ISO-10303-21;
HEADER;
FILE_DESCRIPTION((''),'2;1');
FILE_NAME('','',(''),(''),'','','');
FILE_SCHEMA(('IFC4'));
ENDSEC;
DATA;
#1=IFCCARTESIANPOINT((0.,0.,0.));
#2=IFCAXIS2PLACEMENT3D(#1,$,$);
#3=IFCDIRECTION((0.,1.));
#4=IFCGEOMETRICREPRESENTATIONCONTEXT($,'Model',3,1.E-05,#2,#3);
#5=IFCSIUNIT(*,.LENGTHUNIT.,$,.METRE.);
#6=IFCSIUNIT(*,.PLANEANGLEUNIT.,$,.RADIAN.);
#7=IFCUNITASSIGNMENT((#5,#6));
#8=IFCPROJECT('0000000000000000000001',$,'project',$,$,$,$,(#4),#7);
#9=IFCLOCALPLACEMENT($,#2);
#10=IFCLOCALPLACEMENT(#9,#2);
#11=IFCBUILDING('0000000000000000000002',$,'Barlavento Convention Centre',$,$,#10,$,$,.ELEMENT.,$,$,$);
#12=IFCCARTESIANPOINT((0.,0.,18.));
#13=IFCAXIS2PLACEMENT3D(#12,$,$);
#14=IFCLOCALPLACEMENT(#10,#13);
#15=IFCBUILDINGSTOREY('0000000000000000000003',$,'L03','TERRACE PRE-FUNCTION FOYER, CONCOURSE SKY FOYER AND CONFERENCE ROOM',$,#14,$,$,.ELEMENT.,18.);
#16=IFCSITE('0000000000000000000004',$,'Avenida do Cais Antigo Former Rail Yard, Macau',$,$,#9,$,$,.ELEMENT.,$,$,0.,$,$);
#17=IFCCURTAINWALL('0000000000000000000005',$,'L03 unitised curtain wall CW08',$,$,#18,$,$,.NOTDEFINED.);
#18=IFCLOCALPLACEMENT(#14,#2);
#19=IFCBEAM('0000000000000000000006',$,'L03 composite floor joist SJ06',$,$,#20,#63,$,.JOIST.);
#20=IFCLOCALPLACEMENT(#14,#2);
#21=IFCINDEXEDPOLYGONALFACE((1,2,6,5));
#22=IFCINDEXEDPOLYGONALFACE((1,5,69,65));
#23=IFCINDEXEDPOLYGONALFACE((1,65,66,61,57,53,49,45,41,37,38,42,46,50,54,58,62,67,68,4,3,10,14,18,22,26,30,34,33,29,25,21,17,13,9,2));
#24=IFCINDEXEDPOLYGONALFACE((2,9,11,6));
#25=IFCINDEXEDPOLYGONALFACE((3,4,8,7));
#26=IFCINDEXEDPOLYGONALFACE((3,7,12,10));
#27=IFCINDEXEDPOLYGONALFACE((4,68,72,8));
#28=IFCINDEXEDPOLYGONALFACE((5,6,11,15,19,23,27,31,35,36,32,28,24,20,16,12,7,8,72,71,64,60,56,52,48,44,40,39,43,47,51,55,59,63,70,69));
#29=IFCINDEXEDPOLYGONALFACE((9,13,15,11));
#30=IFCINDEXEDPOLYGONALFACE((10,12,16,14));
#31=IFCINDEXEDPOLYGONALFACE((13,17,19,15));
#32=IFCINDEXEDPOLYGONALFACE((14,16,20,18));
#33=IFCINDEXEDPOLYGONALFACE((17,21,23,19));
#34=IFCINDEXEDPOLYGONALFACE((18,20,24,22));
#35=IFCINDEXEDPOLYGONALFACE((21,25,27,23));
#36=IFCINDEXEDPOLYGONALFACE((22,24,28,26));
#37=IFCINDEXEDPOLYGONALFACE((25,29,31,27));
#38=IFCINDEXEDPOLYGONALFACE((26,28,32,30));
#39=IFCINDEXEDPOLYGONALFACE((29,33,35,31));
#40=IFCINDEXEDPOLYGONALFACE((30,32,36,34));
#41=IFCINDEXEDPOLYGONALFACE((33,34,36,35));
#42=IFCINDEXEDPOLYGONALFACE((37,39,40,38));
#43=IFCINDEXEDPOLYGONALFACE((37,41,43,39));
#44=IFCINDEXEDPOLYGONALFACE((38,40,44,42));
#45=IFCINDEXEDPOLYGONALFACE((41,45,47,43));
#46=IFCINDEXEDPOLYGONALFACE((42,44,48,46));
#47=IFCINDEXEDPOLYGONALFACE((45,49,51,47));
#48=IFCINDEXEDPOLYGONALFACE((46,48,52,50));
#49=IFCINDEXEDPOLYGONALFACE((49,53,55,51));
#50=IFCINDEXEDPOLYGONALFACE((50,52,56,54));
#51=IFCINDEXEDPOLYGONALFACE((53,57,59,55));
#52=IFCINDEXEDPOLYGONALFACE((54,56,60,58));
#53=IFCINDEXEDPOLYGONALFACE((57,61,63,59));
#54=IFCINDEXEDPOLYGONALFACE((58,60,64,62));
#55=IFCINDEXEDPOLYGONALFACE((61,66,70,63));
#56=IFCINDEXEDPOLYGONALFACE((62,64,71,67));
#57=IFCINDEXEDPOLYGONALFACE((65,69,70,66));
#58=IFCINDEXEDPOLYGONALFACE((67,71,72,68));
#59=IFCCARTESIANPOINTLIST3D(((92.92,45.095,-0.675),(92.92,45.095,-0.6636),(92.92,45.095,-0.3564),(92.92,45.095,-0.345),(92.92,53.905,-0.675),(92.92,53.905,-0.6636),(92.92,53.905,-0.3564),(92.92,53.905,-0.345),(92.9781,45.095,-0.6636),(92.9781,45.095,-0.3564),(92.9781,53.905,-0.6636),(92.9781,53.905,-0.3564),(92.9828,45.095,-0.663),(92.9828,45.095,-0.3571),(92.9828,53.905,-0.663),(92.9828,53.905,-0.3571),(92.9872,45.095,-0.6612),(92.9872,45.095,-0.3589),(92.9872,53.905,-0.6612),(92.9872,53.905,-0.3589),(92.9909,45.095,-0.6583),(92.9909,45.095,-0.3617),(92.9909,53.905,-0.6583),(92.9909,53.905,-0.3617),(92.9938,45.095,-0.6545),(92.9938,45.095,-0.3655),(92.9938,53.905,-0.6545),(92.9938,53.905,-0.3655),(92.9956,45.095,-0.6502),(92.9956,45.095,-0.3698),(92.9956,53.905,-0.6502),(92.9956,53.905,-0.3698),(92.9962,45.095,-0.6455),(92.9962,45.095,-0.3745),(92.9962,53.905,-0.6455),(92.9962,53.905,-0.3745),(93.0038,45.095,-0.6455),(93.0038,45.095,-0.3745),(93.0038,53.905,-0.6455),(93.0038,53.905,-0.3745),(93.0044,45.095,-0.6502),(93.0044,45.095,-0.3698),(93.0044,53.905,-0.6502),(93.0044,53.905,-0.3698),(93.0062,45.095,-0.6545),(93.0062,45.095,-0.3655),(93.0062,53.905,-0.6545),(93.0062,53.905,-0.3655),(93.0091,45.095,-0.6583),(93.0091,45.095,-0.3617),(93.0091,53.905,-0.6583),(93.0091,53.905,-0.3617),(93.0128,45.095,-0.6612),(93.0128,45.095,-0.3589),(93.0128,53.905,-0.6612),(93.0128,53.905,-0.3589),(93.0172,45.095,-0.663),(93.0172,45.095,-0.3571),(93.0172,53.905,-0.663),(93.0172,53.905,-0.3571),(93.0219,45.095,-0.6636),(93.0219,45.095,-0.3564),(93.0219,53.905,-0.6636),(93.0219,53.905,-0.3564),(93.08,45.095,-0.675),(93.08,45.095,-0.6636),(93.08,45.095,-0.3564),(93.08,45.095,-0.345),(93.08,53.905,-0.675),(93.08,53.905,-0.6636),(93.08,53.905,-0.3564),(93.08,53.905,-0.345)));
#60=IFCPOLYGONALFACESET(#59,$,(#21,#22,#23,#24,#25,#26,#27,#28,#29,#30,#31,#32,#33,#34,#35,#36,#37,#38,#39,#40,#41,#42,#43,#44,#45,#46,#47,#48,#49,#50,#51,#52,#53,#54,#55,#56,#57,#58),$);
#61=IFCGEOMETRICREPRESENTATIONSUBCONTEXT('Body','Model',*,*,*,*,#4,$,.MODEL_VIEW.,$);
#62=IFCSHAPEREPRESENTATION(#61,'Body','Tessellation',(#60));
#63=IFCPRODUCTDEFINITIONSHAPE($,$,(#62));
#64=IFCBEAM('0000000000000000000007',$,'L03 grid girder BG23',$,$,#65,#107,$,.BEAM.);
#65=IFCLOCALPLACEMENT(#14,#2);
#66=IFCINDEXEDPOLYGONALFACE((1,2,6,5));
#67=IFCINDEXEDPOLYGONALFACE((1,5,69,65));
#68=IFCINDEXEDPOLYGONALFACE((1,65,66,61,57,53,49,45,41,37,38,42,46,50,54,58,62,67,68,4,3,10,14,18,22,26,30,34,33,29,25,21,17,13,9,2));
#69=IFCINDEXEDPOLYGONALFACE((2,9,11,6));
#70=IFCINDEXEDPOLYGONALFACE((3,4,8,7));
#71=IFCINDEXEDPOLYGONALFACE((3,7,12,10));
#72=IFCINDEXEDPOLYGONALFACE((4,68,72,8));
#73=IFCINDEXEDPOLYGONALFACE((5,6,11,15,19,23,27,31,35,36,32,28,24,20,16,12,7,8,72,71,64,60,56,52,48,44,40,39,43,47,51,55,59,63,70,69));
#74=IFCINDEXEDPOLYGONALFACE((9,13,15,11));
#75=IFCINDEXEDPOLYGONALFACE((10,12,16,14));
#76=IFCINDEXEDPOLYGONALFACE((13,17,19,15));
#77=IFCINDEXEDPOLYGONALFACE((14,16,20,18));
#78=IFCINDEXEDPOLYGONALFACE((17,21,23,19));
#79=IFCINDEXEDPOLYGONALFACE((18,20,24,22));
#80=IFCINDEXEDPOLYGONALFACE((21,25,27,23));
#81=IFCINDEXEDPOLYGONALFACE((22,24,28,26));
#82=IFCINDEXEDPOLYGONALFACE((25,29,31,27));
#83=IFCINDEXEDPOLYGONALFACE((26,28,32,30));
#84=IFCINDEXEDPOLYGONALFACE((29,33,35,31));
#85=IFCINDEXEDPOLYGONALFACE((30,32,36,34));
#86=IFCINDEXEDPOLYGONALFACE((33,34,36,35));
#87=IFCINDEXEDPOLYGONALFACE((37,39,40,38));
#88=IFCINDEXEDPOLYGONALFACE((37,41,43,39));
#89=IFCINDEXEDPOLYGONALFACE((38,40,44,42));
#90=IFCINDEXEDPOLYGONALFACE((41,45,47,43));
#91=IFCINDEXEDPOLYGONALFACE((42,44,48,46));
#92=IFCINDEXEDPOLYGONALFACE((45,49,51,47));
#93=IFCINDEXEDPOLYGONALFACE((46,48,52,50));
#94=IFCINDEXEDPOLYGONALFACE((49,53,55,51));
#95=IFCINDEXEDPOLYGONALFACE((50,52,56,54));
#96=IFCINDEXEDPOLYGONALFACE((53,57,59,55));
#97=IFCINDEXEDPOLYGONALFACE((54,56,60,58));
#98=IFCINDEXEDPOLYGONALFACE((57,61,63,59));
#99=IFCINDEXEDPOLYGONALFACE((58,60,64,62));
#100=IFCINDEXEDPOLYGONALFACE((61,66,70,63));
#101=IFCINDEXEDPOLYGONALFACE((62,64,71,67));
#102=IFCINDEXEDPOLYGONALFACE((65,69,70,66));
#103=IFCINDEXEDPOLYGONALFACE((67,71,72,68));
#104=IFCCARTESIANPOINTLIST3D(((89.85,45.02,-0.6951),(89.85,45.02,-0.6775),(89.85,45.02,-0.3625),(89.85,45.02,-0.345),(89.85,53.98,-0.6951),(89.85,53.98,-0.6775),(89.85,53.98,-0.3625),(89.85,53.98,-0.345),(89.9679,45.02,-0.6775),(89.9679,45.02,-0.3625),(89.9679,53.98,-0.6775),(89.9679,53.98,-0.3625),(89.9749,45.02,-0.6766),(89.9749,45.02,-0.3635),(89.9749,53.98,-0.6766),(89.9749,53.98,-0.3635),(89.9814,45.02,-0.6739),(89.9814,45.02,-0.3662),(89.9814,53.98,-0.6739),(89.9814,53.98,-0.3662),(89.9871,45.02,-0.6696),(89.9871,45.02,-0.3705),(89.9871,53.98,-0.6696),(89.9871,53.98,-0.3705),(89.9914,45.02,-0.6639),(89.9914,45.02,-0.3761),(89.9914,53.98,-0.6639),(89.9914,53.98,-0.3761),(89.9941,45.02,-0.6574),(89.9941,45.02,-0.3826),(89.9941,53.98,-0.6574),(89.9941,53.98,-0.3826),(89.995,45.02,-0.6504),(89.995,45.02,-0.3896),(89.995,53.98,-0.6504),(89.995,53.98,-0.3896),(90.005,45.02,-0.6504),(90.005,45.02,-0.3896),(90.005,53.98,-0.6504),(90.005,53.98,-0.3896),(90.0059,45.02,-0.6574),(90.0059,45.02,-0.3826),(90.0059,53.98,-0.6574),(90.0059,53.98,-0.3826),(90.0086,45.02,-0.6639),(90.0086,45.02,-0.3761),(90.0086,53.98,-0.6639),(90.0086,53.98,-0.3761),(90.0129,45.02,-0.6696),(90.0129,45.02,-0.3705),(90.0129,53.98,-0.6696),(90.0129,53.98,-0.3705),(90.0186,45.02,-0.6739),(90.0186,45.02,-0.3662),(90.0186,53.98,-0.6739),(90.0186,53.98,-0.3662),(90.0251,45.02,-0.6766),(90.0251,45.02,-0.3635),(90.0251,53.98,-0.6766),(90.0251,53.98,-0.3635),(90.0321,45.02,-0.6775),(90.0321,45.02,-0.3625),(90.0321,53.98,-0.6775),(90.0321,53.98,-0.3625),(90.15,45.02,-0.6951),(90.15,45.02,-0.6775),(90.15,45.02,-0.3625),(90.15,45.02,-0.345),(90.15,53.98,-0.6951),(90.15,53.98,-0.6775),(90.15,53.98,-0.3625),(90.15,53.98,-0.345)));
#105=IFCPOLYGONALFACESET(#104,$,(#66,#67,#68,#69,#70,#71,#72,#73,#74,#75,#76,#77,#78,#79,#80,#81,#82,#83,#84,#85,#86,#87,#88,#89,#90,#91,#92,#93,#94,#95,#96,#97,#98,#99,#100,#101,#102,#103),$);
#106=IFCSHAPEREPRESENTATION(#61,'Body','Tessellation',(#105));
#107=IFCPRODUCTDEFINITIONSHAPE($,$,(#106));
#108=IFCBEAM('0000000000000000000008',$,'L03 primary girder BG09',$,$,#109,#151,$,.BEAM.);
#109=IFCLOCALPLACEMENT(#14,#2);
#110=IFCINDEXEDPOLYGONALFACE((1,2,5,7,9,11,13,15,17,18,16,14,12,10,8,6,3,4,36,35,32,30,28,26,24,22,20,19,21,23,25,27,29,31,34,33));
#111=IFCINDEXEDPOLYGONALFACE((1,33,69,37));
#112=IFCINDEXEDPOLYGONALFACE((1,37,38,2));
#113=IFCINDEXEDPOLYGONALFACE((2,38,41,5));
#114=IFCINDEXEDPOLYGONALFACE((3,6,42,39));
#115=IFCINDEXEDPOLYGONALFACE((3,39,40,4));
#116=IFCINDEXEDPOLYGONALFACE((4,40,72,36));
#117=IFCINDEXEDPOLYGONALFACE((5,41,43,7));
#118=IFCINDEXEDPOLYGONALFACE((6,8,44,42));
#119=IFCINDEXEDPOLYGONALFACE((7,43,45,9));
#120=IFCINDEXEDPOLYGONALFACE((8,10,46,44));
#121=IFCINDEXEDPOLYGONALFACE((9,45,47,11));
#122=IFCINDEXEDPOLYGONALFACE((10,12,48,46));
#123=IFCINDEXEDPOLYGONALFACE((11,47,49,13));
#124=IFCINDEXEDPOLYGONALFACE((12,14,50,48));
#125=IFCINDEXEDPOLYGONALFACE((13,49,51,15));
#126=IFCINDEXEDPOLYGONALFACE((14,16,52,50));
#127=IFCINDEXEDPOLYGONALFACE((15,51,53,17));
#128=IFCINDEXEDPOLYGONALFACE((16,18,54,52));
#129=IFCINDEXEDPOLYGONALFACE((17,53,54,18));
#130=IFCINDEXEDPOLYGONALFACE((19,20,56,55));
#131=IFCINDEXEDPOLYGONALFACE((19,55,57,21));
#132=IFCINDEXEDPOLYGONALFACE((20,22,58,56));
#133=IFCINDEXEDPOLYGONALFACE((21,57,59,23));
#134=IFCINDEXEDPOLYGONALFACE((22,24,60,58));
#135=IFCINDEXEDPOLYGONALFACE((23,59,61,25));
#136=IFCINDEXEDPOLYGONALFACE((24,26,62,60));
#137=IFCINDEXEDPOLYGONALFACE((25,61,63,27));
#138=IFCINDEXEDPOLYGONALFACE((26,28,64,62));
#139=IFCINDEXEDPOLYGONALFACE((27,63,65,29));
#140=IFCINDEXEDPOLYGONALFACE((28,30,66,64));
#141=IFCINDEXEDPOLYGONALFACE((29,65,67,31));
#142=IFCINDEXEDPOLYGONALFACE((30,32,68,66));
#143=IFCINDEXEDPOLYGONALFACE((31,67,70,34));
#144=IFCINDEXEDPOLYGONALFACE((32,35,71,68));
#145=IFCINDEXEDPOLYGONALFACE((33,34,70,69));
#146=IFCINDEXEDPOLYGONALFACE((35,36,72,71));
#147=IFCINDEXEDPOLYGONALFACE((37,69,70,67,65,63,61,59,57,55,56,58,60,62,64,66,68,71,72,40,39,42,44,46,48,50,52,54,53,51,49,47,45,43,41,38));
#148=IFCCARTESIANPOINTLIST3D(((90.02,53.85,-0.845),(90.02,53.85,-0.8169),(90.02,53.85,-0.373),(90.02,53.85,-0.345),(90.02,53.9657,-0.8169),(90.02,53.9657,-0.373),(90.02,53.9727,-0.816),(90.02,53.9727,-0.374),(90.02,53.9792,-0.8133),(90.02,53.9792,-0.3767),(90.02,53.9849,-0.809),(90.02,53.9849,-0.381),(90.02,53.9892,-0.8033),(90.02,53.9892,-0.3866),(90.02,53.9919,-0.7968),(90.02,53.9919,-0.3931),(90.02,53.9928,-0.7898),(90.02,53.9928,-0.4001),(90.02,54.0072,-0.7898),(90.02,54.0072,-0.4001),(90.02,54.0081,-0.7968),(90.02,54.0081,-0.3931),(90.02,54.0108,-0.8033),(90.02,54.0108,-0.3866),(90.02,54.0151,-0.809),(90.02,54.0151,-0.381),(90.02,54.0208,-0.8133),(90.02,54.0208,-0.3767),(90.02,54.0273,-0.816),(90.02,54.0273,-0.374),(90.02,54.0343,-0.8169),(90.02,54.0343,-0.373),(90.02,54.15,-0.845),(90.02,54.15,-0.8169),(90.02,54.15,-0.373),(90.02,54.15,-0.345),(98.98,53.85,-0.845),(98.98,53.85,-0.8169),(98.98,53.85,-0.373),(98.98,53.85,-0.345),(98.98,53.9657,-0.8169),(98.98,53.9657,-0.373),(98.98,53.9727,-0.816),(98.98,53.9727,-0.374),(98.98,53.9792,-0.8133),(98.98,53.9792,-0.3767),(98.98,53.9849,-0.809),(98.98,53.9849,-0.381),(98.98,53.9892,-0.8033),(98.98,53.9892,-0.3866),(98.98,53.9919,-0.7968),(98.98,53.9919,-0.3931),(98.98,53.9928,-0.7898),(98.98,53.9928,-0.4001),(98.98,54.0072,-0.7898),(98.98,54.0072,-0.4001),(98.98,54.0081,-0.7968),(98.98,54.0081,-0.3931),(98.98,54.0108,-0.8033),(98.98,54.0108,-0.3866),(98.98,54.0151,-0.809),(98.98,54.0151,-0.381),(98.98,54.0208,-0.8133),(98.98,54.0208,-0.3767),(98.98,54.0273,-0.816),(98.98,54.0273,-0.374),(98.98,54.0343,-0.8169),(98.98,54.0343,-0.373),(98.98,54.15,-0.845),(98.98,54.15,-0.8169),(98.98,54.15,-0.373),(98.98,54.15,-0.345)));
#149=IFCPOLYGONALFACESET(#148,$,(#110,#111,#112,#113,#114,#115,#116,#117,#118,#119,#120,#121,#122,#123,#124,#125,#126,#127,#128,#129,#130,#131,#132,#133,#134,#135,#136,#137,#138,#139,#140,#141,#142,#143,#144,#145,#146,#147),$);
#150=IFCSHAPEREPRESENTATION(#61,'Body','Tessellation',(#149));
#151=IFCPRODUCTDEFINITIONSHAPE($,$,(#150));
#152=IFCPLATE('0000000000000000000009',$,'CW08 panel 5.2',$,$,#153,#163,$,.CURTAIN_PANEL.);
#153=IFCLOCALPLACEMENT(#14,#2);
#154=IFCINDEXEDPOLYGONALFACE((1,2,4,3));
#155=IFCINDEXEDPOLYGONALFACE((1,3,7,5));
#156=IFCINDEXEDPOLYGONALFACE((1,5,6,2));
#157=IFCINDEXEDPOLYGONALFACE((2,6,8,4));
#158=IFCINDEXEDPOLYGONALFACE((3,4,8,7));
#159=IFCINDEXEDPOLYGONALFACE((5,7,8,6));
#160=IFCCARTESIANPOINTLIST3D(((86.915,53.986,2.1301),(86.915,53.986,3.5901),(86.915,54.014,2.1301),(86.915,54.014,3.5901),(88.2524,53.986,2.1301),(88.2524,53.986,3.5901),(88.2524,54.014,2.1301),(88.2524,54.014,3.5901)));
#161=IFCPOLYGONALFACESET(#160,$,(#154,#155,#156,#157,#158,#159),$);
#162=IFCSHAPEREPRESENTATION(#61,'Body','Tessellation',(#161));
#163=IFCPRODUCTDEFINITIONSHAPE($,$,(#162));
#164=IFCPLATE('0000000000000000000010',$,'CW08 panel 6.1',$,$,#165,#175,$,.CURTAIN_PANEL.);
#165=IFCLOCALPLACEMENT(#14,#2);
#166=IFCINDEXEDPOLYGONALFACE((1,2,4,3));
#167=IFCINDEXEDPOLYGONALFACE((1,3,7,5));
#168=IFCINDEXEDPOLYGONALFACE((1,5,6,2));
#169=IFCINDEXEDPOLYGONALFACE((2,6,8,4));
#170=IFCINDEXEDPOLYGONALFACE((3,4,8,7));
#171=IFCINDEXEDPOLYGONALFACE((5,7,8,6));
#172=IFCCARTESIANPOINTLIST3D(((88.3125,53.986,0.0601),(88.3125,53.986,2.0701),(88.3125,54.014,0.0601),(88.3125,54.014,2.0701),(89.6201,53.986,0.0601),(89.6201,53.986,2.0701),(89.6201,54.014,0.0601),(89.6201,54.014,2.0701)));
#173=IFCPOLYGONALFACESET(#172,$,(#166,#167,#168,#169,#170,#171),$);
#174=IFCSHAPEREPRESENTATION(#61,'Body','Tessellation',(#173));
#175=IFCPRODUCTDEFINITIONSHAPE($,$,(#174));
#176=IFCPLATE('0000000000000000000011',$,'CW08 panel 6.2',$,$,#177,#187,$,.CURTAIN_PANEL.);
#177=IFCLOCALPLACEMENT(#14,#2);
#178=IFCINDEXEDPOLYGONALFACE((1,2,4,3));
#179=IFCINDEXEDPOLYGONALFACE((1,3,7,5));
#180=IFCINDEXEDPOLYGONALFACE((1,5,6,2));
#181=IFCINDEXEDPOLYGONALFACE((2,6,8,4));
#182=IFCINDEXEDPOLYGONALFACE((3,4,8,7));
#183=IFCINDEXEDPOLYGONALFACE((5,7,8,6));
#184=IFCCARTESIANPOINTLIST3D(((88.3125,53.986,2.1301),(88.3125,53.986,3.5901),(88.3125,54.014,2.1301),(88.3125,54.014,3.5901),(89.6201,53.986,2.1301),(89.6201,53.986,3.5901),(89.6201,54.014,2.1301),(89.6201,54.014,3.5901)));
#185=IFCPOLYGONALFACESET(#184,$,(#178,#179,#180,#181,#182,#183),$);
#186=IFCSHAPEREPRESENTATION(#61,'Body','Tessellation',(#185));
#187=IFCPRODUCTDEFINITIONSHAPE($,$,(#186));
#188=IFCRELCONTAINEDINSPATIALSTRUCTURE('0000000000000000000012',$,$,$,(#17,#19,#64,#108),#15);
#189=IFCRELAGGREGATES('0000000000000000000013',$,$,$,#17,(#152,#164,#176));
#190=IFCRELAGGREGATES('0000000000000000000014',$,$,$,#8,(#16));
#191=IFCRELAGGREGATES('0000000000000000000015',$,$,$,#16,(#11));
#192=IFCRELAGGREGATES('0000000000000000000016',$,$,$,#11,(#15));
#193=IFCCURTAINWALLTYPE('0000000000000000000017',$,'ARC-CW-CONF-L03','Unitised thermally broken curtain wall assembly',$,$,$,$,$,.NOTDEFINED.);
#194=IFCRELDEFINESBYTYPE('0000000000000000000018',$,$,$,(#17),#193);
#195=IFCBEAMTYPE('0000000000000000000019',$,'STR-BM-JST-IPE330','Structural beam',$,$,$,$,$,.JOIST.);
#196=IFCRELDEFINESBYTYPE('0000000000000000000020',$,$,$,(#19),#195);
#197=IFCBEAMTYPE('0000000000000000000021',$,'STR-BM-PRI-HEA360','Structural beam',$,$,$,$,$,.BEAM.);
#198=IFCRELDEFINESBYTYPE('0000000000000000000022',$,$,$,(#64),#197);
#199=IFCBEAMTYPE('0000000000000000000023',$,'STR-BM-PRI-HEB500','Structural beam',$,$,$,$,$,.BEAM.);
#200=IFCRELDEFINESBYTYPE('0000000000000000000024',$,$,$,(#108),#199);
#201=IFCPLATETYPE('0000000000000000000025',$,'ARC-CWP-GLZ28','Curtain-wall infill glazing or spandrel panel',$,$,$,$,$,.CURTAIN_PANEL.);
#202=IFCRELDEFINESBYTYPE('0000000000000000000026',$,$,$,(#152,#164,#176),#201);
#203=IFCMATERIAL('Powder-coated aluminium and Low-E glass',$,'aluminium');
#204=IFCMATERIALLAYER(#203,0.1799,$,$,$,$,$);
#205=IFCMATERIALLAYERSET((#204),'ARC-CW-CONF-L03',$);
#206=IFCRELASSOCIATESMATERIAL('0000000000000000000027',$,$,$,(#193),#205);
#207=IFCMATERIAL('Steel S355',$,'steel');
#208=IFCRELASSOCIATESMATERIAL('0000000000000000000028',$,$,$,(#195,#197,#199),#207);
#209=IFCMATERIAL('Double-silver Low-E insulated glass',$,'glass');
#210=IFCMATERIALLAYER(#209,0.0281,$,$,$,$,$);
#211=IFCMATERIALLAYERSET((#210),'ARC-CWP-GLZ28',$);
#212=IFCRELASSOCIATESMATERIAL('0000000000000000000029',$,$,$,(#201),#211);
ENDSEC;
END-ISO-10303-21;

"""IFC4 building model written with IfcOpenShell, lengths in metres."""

from ifc_helpers import new_model, si_unit, direction, frame, origin, origin_2d, place, context, subcontext, project, spatial, rectangle, i_section, extrude, material, layer, layer_set, material_profile, profile_set, type_object, element, aggregate, save


model = new_model("IFC4")

# Units and contexts
model_context = context("Model", 3, precision=1e-05, world=origin(), true_north=direction((0.0, 1.0)))
body_context = subcontext(model_context, "Body", "Model", "MODEL_VIEW")
ifc_project = project(units=[si_unit("LENGTHUNIT", "METRE"), si_unit("PLANEANGLEUNIT", "RADIAN")], contexts=[model_context])

# Site, building, storey
site_placement = place(None, origin())
site = spatial("IfcSite", under=ifc_project, at=site_placement, Name="Avenida do Cais Antigo Former Rail Yard, Macau", CompositionType="ELEMENT", RefElevation=0.0)
building_placement = place(site_placement, origin())
building = spatial("IfcBuilding", under=site, at=building_placement, Name="Barlavento Convention Centre", CompositionType="ELEMENT")
storey_placement = place(building_placement, frame((0.0, 0.0, 18.0)))
storey = spatial("IfcBuildingStorey", under=building, at=storey_placement, Name="L03", Description="TERRACE PRE-FUNCTION FOYER, CONCOURSE SKY FOYER AND CONFERENCE ROOM", CompositionType="ELEMENT", Elevation=18.0)

# Shared definitions
ifc_material_1 = material(Name="Steel S355", Category="steel")

# Curtain wall
ifc_material_2 = material(Name="Powder-coated aluminium and Low-E glass", Category="aluminium")
ifc_layer_1 = layer(ifc_material_2, 0.1799)
ifc_layer_set_1 = layer_set([ifc_layer_1], Name="ARC-CW-CONF-L03")
curtain_wall_type = type_object("IfcCurtainWallType", Name="ARC-CW-CONF-L03", Description="Unitised thermally broken curtain wall assembly", PredefinedType="NOTDEFINED", material=ifc_layer_set_1)
curtain_wall_1_placement = place(storey_placement, origin())
curtain_wall_1 = element("IfcCurtainWall", 1, at=curtain_wall_1_placement, inside=storey, type_object=curtain_wall_type, Name="L03 unitised curtain wall CW08", PredefinedType="NOTDEFINED")

# Beams
ifc_material_profile_1 = material_profile(ifc_material_1, i_section(OverallWidth=0.1599, OverallDepth=0.3301, WebThickness=0.0076, FlangeThickness=0.0115, FilletRadius=0.0181, at=origin_2d()), Name="IPE 330")
ifc_profile_set_1 = profile_set([ifc_material_profile_1], Name="Steel S355")
beam_type_1 = type_object("IfcBeamType", Name="STR-BM-JST-IPE330", Description="Structural beam", PredefinedType="JOIST", material=ifc_profile_set_1)
beam_1_placement = place(storey_placement, frame((93.0, 45.095, -0.51), z_axis=(0.0, 1.0, 0.0), x_axis=(-1.0, 0.0, 0.0)))
element("IfcBeam", 2, at=beam_1_placement, inside=storey, type_object=beam_type_1, Name="L03 composite floor joist SJ06", PredefinedType="JOIST", context=body_context, shape_type="SweptSolid", body=[
    extrude(i_section(OverallWidth=0.1599, OverallDepth=0.3301, WebThickness=0.0076, FlangeThickness=0.0115, FilletRadius=0.0181, at=origin_2d()), origin(), (0.0, 0.0, 1.0), 8.8101),
])
ifc_material_profile_2 = material_profile(ifc_material_1, i_section(OverallWidth=0.3, OverallDepth=0.3501, WebThickness=0.01, FlangeThickness=0.0176, FilletRadius=0.0271, at=origin_2d()), Name="HEA 360")
ifc_profile_set_2 = profile_set([ifc_material_profile_2], Name="Steel S355")
beam_type_2 = type_object("IfcBeamType", Name="STR-BM-PRI-HEA360", Description="Structural beam", PredefinedType="BEAM", material=ifc_profile_set_2)
beam_2_placement = place(storey_placement, frame((90.0, 45.02, -0.52), z_axis=(0.0, 1.0, 0.0), x_axis=(-1.0, 0.0, 0.0)))
element("IfcBeam", 3, at=beam_2_placement, inside=storey, type_object=beam_type_2, Name="L03 grid girder BG23", PredefinedType="BEAM", context=body_context, shape_type="SweptSolid", body=[
    extrude(i_section(OverallWidth=0.3, OverallDepth=0.3501, WebThickness=0.01, FlangeThickness=0.0176, FilletRadius=0.0271, at=origin_2d()), origin(), (0.0, 0.0, 1.0), 8.96),
])
ifc_material_profile_3 = material_profile(ifc_material_1, i_section(OverallWidth=0.3, OverallDepth=0.5, WebThickness=0.0144, FlangeThickness=0.0281, FilletRadius=0.0271, at=origin_2d()), Name="HEB 500")
ifc_profile_set_3 = profile_set([ifc_material_profile_3], Name="Steel S355")
beam_type_3 = type_object("IfcBeamType", Name="STR-BM-PRI-HEB500", Description="Structural beam", PredefinedType="BEAM", material=ifc_profile_set_3)
beam_3_placement = place(storey_placement, frame((90.02, 54.0, -0.595), z_axis=(1.0, 0.0, 0.0), x_axis=(0.0, 1.0, 0.0)))
element("IfcBeam", 4, at=beam_3_placement, inside=storey, type_object=beam_type_3, Name="L03 primary girder BG09", PredefinedType="BEAM", context=body_context, shape_type="SweptSolid", body=[
    extrude(i_section(OverallWidth=0.3, OverallDepth=0.5, WebThickness=0.0144, FlangeThickness=0.0281, FilletRadius=0.0271, at=origin_2d()), origin(), (0.0, 0.0, 1.0), 8.96),
])

# Plates
ifc_material_3 = material(Name="Double-silver Low-E insulated glass", Category="glass")
ifc_layer_2 = layer(ifc_material_3, 0.0281)
ifc_layer_set_2 = layer_set([ifc_layer_2], Name="ARC-CWP-GLZ28")
plate_type = type_object("IfcPlateType", Name="ARC-CWP-GLZ28", Description="Curtain-wall infill glazing or spandrel panel", PredefinedType="CURTAIN_PANEL", material=ifc_layer_set_2)
plate_1_placement = place(storey_placement, frame((87.5837, 54.0, 2.1301), z_axis=(0.0, 0.0, 1.0), x_axis=(1.0, 0.0, 0.0)))
plate_1 = element("IfcPlate", 5, at=plate_1_placement, type_object=plate_type, Name="CW08 panel 5.2", PredefinedType="CURTAIN_PANEL", context=body_context, shape_type="SweptSolid", body=[
    extrude(rectangle(XDim=1.3374, YDim=0.0281, at=origin_2d()), origin(), (0.0, 0.0, 1.0), 1.46),
])
plate_2_placement = place(storey_placement, frame((88.9663, 54.0, 0.0601), z_axis=(0.0, 0.0, 1.0), x_axis=(1.0, 0.0, 0.0)))
plate_2 = element("IfcPlate", 6, at=plate_2_placement, type_object=plate_type, Name="CW08 panel 6.1", PredefinedType="CURTAIN_PANEL", context=body_context, shape_type="SweptSolid", body=[
    extrude(rectangle(XDim=1.3076, YDim=0.0281, at=origin_2d()), origin(), (0.0, 0.0, 1.0), 2.01),
])
plate_3_placement = place(storey_placement, frame((88.9663, 54.0, 2.1301), z_axis=(0.0, 0.0, 1.0), x_axis=(1.0, 0.0, 0.0)))
plate_3 = element("IfcPlate", 7, at=plate_3_placement, type_object=plate_type, Name="CW08 panel 6.2", PredefinedType="CURTAIN_PANEL", context=body_context, shape_type="SweptSolid", body=[
    extrude(rectangle(XDim=1.3076, YDim=0.0281, at=origin_2d()), origin(), (0.0, 0.0, 1.0), 1.46),
])
aggregate(curtain_wall_1, [plate_1, plate_2, plate_3])

save(model, "model.ifc")
